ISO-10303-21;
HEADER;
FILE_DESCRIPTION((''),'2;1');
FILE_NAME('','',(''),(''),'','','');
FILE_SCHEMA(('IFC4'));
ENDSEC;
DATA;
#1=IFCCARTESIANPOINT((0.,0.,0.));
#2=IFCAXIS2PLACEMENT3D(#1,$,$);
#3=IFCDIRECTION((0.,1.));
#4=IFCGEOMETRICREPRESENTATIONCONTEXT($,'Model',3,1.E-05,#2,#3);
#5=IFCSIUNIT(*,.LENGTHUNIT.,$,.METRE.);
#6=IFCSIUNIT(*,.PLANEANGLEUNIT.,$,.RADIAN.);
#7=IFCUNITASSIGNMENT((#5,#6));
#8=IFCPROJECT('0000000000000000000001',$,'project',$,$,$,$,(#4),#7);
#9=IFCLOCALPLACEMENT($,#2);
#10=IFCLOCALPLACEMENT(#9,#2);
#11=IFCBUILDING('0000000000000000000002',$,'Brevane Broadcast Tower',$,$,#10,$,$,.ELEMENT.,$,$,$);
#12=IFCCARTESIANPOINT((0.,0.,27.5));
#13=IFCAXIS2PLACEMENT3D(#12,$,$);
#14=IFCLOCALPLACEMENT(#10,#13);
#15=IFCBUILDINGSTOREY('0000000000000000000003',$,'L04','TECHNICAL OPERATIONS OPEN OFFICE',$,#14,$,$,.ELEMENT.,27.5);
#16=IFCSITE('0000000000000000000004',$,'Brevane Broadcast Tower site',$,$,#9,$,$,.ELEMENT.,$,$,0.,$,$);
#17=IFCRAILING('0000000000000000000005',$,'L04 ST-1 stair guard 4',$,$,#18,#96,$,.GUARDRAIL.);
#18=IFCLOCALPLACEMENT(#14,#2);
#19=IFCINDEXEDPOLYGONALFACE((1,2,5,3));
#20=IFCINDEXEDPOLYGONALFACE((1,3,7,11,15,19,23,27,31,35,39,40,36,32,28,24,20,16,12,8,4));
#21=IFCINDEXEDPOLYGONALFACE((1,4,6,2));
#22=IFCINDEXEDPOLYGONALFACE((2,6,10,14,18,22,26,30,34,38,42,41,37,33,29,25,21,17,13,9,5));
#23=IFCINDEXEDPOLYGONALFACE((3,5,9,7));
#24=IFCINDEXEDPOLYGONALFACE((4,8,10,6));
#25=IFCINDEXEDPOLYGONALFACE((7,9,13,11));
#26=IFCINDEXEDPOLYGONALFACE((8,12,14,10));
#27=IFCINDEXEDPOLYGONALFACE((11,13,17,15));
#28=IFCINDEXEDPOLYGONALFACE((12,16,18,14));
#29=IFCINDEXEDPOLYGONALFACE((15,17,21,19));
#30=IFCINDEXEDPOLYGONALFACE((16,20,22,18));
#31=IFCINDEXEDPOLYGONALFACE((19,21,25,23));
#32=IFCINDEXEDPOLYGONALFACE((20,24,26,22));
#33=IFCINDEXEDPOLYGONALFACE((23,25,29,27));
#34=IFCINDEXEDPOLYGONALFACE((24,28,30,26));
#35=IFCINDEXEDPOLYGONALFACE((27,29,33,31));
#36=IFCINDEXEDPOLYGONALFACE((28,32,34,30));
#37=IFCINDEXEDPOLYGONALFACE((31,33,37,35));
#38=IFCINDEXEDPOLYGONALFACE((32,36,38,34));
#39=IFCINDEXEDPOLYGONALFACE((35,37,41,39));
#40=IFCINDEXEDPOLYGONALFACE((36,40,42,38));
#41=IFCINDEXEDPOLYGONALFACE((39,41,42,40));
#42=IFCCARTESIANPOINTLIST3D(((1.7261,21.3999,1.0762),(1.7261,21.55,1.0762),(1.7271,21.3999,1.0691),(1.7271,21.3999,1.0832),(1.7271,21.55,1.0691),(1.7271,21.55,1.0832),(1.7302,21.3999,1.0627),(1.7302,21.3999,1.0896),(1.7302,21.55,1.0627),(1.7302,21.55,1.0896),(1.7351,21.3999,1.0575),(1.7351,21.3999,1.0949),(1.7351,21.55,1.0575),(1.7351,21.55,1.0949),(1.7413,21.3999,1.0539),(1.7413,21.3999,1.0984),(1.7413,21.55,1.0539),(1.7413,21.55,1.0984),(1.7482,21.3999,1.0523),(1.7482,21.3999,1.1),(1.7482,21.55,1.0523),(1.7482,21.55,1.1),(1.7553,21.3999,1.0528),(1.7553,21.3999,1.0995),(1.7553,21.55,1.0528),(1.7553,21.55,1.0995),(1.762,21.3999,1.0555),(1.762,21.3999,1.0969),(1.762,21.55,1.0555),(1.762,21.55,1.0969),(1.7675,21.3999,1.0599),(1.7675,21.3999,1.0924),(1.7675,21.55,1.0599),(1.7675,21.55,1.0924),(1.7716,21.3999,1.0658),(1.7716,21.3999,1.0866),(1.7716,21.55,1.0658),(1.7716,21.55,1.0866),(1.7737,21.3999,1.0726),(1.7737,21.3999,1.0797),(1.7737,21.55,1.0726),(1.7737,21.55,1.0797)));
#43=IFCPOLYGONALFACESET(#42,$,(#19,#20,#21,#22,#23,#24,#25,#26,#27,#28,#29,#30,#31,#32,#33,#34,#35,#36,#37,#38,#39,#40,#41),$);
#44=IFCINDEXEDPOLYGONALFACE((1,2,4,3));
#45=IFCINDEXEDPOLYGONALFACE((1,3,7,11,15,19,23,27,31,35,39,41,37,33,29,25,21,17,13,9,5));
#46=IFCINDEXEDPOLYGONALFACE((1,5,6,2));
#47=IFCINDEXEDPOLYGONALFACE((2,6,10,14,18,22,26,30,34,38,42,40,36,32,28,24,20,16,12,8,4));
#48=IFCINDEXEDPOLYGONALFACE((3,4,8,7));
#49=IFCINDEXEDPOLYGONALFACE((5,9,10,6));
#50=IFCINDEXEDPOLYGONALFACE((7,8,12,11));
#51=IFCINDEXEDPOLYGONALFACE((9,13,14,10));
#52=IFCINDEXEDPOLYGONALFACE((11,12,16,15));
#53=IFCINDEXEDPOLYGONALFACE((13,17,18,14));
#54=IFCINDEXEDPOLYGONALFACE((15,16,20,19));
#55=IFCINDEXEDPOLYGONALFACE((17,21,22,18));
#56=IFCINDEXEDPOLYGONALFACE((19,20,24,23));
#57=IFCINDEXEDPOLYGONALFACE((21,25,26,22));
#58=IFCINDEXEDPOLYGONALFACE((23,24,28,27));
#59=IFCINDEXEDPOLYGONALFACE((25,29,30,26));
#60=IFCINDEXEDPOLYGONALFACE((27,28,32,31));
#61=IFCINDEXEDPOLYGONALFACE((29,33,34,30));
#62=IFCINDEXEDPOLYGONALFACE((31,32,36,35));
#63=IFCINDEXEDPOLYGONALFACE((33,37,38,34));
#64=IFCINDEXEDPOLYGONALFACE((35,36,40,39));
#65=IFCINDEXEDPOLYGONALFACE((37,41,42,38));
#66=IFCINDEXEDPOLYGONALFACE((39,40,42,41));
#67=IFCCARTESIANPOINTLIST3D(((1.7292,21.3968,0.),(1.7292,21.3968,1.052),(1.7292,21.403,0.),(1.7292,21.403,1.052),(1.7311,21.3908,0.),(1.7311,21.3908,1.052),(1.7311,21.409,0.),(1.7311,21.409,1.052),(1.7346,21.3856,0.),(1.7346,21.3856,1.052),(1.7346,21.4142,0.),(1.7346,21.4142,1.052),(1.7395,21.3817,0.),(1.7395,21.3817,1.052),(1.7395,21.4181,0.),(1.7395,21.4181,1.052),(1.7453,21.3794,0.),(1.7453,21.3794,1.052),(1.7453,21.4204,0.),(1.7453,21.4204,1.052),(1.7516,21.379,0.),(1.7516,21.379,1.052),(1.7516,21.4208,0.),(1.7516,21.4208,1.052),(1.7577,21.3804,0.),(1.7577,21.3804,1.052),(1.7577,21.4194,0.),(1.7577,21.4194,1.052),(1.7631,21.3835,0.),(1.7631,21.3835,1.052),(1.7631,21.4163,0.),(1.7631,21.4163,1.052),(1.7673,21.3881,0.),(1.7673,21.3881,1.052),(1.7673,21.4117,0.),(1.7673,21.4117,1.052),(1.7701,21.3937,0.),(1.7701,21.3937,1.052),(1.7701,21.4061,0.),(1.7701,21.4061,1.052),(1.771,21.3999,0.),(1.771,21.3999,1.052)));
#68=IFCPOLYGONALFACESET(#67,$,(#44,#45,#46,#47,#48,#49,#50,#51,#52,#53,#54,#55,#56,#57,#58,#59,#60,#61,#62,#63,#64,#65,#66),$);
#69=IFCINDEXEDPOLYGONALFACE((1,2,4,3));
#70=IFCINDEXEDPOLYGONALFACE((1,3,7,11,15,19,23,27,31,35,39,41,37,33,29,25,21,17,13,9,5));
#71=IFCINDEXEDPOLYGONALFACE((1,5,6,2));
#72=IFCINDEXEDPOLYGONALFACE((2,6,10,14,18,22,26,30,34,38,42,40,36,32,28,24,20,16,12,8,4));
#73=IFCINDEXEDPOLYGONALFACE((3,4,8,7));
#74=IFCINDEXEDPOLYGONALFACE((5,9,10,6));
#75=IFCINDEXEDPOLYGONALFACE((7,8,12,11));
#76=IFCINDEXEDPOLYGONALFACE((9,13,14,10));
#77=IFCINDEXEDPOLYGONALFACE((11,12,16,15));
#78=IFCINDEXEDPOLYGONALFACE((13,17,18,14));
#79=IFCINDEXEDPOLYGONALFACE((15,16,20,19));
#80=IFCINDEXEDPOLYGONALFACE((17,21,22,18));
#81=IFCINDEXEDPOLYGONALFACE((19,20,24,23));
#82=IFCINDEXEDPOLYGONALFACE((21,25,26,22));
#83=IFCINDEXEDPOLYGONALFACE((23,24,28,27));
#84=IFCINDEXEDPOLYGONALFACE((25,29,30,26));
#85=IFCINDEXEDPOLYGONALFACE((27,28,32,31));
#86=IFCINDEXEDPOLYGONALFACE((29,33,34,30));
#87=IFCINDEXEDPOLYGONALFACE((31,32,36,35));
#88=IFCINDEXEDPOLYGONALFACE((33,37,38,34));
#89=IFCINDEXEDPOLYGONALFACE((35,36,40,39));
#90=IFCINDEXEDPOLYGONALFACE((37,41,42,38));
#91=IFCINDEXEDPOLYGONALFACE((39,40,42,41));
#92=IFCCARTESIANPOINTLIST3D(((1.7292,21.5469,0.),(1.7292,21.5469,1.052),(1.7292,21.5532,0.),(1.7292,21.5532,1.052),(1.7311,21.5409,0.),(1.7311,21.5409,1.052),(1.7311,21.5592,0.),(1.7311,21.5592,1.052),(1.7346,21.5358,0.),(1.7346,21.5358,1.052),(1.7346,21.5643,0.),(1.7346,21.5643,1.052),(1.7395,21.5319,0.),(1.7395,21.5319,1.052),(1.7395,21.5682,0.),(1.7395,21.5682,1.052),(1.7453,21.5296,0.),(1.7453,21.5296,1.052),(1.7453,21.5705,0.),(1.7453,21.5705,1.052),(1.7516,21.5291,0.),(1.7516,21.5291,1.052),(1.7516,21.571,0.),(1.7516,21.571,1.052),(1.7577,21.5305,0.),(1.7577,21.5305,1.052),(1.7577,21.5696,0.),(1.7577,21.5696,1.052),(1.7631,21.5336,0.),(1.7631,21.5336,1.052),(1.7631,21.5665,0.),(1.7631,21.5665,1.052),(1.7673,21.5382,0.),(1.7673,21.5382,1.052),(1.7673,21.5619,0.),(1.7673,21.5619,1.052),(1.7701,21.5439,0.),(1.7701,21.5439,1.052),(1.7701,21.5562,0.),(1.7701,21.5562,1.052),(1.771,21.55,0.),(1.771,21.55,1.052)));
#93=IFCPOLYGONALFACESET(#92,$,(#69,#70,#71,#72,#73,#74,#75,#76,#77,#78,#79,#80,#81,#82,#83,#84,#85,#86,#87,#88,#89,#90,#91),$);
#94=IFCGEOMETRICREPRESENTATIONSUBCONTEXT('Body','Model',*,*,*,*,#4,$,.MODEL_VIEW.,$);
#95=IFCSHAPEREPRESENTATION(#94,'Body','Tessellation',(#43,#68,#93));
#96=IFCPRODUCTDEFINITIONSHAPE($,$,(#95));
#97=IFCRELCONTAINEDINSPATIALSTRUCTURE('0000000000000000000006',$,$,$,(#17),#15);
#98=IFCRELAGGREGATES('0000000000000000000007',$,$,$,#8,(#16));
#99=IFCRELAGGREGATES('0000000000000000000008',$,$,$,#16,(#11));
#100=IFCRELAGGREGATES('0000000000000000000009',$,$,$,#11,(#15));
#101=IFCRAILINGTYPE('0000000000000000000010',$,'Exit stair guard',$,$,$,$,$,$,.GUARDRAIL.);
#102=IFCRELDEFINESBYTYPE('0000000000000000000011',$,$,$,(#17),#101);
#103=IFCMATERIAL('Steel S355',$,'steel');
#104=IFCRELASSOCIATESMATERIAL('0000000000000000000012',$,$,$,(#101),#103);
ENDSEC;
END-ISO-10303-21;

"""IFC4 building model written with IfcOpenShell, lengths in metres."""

from ifc_helpers import new_model, si_unit, direction, frame, origin, origin_2d, place, context, subcontext, project, spatial, circle, extrude, material, type_object, element, save


model = new_model("IFC4")

# Units and contexts
model_context = context("Model", 3, precision=1e-05, world=origin(), true_north=direction((0.0, 1.0)))
body_context = subcontext(model_context, "Body", "Model", "MODEL_VIEW")
ifc_project = project(units=[si_unit("LENGTHUNIT", "METRE"), si_unit("PLANEANGLEUNIT", "RADIAN")], contexts=[model_context])

# Site, building, storey
site_placement = place(None, origin())
site = spatial("IfcSite", under=ifc_project, at=site_placement, Name="Brevane Broadcast Tower site", CompositionType="ELEMENT", RefElevation=0.0)
building_placement = place(site_placement, origin())
building = spatial("IfcBuilding", under=site, at=building_placement, Name="Brevane Broadcast Tower", CompositionType="ELEMENT")
storey_placement = place(building_placement, frame((0.0, 0.0, 27.5)))
storey = spatial("IfcBuildingStorey", under=building, at=storey_placement, Name="L04", Description="TECHNICAL OPERATIONS OPEN OFFICE", CompositionType="ELEMENT", Elevation=27.5)

# Railing
ifc_material_1 = material(Name="Steel S355", Category="steel")
railing_type_1 = type_object("IfcRailingType", Name="Exit stair guard", PredefinedType="GUARDRAIL", material=ifc_material_1)
railing_1_placement = place(storey_placement, frame((1.75, 21.3999, 0.0)))
element("IfcRailing", 1, at=railing_1_placement, inside=storey, type_object=railing_type_1, Name="L04 ST-1 stair guard 4", PredefinedType="GUARDRAIL", context=body_context, shape_type="SweptSolid", body=[
    extrude(circle(Radius=0.0239, at=origin_2d()), frame((0.0, 0.0, 1.0762), z_axis=(0.0, 1.0, 0.0), x_axis=(-1.0, 0.0, 0.0)), (0.0, 0.0, 1.0), 0.1501),
    extrude(circle(Radius=0.021, at=origin_2d()), origin(), (0.0, 0.0, 1.0), 1.052),
    extrude(circle(Radius=0.021, at=origin_2d()), frame((0.0, 0.1501, 0.0)), (0.0, 0.0, 1.0), 1.052),
])

save(model, "model.ifc")
